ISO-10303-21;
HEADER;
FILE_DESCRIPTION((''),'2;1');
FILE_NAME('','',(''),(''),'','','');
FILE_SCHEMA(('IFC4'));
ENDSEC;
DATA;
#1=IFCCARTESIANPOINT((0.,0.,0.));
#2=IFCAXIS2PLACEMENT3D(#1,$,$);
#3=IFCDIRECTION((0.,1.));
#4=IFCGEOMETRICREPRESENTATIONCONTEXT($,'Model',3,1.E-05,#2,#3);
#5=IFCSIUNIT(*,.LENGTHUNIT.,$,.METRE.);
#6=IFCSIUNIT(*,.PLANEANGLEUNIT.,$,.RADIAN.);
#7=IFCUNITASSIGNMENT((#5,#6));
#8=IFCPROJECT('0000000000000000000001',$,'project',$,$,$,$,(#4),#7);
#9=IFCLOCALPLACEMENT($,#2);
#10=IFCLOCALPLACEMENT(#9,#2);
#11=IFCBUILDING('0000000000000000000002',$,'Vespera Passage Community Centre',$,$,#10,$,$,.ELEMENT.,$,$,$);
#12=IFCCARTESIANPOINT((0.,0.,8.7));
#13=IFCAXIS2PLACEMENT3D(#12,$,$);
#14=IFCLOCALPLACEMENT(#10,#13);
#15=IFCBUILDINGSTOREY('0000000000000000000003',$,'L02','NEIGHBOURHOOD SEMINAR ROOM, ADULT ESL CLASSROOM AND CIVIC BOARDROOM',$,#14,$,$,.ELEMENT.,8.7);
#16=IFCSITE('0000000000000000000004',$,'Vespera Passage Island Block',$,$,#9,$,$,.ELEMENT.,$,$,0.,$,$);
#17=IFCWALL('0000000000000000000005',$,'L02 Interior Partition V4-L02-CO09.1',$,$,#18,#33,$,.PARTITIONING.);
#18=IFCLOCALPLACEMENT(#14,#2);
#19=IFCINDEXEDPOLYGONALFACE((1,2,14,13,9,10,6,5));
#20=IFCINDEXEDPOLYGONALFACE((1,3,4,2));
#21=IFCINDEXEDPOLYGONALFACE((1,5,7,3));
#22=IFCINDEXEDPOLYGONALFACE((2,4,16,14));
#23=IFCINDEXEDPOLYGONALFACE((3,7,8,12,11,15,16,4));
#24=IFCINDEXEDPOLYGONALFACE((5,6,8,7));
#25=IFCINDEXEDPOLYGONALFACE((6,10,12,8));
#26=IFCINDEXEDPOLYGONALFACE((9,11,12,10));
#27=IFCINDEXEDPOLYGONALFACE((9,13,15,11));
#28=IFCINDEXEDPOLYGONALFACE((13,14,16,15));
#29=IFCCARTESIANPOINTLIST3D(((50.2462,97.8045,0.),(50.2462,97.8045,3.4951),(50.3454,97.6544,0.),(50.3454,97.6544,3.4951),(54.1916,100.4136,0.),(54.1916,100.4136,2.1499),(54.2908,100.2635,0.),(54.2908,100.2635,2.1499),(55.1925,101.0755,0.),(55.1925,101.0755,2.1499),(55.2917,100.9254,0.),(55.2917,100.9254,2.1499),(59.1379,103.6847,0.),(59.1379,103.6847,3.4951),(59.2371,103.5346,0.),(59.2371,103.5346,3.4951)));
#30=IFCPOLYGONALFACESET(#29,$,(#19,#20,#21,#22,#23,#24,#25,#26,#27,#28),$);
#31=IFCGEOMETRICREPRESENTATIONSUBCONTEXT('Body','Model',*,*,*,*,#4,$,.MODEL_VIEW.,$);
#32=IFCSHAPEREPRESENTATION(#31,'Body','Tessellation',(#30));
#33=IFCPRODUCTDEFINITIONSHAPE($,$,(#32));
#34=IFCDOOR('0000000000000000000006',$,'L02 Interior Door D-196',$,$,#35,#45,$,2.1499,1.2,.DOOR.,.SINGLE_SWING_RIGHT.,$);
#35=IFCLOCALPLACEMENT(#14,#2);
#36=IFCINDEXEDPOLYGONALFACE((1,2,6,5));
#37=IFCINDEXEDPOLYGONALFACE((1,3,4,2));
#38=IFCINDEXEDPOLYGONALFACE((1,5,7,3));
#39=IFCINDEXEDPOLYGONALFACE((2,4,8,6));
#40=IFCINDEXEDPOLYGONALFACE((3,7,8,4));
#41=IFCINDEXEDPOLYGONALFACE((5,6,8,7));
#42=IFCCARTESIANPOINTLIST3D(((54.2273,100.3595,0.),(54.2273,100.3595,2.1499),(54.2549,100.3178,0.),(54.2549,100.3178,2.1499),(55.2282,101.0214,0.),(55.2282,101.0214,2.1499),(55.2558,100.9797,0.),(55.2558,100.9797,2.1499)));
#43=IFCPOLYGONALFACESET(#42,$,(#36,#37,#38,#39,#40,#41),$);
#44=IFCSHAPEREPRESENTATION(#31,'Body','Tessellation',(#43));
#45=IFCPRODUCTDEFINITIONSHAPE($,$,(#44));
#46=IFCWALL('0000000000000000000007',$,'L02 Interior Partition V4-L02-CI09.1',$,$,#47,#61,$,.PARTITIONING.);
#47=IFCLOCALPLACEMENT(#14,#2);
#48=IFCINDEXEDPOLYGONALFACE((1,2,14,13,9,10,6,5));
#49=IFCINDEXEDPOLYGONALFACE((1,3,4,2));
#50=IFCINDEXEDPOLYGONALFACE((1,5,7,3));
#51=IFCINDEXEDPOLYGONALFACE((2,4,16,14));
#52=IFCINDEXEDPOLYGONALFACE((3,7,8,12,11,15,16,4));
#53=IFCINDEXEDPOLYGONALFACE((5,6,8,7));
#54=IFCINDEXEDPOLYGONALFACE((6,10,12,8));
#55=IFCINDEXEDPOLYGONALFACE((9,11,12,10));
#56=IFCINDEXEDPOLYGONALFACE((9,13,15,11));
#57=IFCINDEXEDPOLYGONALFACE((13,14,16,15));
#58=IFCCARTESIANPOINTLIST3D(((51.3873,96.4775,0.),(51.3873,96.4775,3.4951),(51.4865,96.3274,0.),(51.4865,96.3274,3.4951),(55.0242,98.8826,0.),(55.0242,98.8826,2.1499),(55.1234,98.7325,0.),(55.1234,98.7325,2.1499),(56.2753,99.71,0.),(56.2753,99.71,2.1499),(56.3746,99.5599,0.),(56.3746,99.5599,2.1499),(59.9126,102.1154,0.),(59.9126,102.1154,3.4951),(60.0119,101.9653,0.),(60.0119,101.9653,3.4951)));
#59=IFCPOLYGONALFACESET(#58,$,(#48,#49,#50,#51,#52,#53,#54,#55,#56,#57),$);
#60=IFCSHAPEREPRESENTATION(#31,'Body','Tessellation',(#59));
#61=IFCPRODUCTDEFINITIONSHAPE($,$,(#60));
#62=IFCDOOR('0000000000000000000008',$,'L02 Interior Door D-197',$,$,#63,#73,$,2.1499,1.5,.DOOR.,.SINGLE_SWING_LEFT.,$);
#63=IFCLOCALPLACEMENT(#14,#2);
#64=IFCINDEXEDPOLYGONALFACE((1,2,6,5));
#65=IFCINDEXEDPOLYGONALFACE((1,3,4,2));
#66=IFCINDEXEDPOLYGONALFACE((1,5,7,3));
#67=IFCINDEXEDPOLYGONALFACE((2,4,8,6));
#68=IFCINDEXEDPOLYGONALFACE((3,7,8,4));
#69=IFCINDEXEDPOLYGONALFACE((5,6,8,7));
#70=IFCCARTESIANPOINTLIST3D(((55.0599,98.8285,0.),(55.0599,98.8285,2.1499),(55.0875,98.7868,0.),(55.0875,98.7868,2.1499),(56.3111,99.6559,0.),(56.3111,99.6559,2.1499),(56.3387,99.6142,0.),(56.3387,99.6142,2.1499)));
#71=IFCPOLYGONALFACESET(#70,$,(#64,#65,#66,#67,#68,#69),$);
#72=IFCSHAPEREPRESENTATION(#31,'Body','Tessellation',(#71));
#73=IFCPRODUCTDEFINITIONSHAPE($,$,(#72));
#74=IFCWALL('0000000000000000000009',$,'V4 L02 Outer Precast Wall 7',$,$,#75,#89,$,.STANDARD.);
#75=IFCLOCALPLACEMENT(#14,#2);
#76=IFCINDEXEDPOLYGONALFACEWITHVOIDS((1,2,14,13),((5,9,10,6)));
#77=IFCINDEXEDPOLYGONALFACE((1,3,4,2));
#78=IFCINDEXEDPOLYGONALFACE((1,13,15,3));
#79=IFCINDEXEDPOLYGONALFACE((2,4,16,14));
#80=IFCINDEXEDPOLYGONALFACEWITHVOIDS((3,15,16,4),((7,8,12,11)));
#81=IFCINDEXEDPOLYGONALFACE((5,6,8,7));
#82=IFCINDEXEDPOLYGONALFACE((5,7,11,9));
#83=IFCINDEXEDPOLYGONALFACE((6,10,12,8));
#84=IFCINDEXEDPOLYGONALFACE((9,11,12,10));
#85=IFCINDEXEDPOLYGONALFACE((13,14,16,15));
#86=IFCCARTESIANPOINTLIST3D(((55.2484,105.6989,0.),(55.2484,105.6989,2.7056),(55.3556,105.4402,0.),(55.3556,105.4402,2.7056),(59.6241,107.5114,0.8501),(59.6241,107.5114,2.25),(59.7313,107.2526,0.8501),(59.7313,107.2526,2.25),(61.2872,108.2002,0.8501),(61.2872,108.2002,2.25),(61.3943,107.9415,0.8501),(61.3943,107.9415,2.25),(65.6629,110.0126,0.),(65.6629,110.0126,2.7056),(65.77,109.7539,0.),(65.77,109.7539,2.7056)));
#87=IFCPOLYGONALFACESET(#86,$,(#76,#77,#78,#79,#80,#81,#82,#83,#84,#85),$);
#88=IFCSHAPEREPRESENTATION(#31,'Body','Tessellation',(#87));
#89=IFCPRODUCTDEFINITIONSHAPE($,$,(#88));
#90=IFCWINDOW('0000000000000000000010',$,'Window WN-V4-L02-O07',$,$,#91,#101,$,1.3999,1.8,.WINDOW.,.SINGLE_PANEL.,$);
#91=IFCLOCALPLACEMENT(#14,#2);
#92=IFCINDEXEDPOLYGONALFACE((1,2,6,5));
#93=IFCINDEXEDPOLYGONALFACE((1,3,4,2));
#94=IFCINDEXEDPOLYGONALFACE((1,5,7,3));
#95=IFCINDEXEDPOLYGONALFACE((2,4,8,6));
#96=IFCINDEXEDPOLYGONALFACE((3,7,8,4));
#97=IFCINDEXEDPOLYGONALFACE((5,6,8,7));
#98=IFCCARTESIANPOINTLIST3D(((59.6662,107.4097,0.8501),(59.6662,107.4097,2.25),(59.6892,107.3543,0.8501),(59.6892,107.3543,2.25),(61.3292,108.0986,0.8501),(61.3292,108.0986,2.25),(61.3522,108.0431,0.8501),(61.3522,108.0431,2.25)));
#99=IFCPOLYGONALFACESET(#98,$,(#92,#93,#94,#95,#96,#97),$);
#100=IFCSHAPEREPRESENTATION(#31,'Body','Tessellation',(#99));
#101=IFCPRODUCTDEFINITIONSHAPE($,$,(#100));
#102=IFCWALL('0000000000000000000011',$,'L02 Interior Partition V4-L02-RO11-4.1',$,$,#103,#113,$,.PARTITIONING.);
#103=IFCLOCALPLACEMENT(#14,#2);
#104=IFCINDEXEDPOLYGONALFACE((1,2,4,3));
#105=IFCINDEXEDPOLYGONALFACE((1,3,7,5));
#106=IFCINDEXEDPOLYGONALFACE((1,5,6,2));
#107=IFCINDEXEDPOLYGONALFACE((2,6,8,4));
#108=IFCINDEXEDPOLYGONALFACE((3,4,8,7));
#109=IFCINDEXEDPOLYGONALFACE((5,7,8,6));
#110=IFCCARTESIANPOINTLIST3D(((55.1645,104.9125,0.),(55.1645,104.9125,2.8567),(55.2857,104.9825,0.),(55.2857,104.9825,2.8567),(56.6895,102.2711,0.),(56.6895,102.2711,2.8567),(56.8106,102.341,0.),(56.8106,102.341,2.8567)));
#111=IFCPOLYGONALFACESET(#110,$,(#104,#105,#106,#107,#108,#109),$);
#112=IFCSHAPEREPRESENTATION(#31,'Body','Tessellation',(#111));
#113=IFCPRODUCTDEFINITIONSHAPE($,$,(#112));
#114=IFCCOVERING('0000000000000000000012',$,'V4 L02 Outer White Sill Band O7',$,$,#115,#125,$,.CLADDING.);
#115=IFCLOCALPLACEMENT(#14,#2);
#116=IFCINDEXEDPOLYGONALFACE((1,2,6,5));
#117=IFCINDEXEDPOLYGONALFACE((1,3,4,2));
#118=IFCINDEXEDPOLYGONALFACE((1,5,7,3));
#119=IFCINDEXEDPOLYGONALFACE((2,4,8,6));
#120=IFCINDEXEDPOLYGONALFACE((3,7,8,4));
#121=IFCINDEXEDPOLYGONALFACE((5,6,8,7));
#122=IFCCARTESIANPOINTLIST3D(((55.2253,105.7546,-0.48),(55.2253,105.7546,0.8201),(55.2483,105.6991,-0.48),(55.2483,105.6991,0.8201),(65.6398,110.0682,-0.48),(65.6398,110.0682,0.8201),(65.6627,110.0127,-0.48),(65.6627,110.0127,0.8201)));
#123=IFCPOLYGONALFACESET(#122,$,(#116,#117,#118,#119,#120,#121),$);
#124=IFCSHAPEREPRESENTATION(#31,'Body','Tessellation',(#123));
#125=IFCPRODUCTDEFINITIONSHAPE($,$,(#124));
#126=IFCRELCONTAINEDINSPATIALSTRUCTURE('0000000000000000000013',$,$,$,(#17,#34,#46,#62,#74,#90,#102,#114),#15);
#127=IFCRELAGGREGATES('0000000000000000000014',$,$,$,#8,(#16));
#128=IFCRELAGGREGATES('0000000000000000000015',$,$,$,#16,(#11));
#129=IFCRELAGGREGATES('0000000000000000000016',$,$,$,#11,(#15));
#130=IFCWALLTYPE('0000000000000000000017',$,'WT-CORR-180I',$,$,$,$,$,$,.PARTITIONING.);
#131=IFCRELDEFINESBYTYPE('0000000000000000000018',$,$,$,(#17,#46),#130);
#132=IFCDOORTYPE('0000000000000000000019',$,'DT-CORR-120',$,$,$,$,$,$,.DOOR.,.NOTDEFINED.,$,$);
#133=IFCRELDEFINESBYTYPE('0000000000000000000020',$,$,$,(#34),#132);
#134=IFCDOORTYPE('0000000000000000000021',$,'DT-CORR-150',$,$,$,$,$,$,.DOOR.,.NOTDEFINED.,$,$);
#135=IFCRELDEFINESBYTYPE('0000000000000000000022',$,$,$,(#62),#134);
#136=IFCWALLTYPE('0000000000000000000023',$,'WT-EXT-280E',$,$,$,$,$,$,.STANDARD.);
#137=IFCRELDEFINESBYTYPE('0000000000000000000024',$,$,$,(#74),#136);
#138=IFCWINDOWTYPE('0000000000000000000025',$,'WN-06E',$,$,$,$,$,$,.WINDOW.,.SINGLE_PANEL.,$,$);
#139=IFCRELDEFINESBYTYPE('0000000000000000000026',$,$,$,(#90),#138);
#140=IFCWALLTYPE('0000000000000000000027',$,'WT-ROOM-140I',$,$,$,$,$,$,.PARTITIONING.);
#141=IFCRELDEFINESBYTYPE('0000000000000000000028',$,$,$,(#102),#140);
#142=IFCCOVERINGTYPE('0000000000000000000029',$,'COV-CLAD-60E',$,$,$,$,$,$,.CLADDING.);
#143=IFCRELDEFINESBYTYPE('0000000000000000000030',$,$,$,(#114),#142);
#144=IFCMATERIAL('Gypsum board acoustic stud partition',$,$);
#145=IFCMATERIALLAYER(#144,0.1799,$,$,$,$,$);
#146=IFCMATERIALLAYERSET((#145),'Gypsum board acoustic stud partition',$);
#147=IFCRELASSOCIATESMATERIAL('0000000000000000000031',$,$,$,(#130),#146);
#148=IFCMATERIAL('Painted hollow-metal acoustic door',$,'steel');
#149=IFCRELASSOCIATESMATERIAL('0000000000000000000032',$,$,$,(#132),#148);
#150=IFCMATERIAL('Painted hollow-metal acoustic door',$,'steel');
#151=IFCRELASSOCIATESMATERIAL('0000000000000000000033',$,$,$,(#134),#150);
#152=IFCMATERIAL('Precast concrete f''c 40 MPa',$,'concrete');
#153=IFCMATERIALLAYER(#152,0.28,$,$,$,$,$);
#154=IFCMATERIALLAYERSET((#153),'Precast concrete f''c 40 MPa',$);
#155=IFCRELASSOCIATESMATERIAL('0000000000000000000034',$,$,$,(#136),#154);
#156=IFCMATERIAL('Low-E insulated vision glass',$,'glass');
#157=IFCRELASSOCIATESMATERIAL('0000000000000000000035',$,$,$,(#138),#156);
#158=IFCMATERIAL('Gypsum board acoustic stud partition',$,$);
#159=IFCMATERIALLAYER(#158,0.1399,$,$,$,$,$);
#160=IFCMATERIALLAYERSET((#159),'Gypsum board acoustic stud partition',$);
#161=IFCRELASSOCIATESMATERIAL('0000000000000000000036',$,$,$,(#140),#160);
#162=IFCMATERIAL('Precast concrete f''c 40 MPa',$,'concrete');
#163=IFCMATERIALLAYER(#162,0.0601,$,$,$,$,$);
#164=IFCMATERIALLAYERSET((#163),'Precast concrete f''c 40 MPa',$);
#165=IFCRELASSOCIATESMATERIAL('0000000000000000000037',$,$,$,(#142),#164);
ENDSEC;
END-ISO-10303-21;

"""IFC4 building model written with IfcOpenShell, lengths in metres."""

from ifc_helpers import new_model, si_unit, direction, frame, frame_2d, origin, place, context, subcontext, project, spatial, rectangle, extrude, material, layer, layer_set, type_object, element, fill, save


model = new_model("IFC4")

# Units and contexts
model_context = context("Model", 3, precision=1e-05, world=origin(), true_north=direction((0.0, 1.0)))
body_context = subcontext(model_context, "Body", "Model", "MODEL_VIEW")
ifc_project = project(units=[si_unit("LENGTHUNIT", "METRE"), si_unit("PLANEANGLEUNIT", "RADIAN")], contexts=[model_context])

# Site, building, storey
site_placement = place(None, origin())
site = spatial("IfcSite", under=ifc_project, at=site_placement, Name="Vespera Passage Island Block", CompositionType="ELEMENT", RefElevation=0.0)
building_placement = place(site_placement, origin())
building = spatial("IfcBuilding", under=site, at=building_placement, Name="Vespera Passage Community Centre", CompositionType="ELEMENT")
storey_placement = place(building_placement, frame((0.0, 0.0, 8.7)))
storey = spatial("IfcBuildingStorey", under=building, at=storey_placement, Name="L02", Description="NEIGHBOURHOOD SEMINAR ROOM, ADULT ESL CLASSROOM AND CIVIC BOARDROOM", CompositionType="ELEMENT", Elevation=8.7)

# Walls, openings, doors
ifc_material_1 = material(Name="Gypsum board acoustic stud partition")
ifc_layer_1 = layer(ifc_material_1, 0.1799)
ifc_layer_set_1 = layer_set([ifc_layer_1], Name="Gypsum board acoustic stud partition")
wall_type_1 = type_object("IfcWallType", Name="WT-CORR-180I", PredefinedType="PARTITIONING", material=ifc_layer_set_1)
wall_1_placement = place(storey_placement, frame((59.1875, 103.6096, 0.0), z_axis=(0.0, 0.0, 1.0), x_axis=(-0.834106, -0.551605, 0.0)))
wall_1 = element("IfcWall", 1, at=wall_1_placement, inside=storey, type_object=wall_type_1, Name="L02 Interior Partition V4-L02-CO09.1", PredefinedType="PARTITIONING", context=body_context, shape_type="SweptSolid", body=[
    extrude(rectangle(XDim=10.6602, YDim=0.1799, at=frame_2d((5.3301, 0.0))), origin(), (0.0, 0.0, 1.0), 3.4951),
])
opening_1_placement = place(wall_1_placement, frame((4.73, 0.0, 0.0)))
opening_1 = element("IfcOpeningElement", 2, at=opening_1_placement, cuts=wall_1, PredefinedType="OPENING", context=body_context, shape_type="SweptSolid", body=[
    extrude(rectangle(XDim=1.2, YDim=2.1499, at=frame_2d((0.6001, 1.075))), frame((0.0, 0.0999, 0.0), z_axis=(0.0, -1.0, 0.0), x_axis=(1.0, 0.0, 0.0)), (0.0, 0.0, 1.0), 0.2),
])
ifc_material_2 = material(Name="Painted hollow-metal acoustic door", Category="steel")
door_type_1 = type_object("IfcDoorType", Name="DT-CORR-120", OperationType="NOTDEFINED", PredefinedType="DOOR", material=ifc_material_2)
door_1_placement = place(opening_1_placement, origin())
door_1 = element("IfcDoor", 3, at=door_1_placement, inside=storey, type_object=door_type_1, Name="L02 Interior Door D-196", OperationType="SINGLE_SWING_RIGHT", OverallHeight=2.1499, OverallWidth=1.2, PredefinedType="DOOR", context=body_context, shape_type="SweptSolid", body=[
    extrude(rectangle(XDim=1.2, YDim=2.1499, at=frame_2d((0.6001, 1.075))), frame((0.0, 0.0249, 0.0), z_axis=(0.0, -1.0, 0.0), x_axis=(1.0, 0.0, 0.0)), (0.0, 0.0, 1.0), 0.05),
])
fill(opening_1, door_1)
wall_2_placement = place(storey_placement, frame((59.9622, 102.0403, 0.0), z_axis=(0.0, 0.0, 1.0), x_axis=(-0.834106, -0.551604, 0.0)))
wall_2 = element("IfcWall", 4, at=wall_2_placement, inside=storey, type_object=wall_type_1, Name="L02 Interior Partition V4-L02-CI09.1", PredefinedType="PARTITIONING", context=body_context, shape_type="SweptSolid", body=[
    extrude(rectangle(XDim=10.2209, YDim=0.1799, at=frame_2d((5.1104, 0.0))), origin(), (0.0, 0.0, 1.0), 3.4951),
])
opening_2_placement = place(wall_2_placement, frame((4.3606, 0.0, 0.0)))
opening_2 = element("IfcOpeningElement", 5, at=opening_2_placement, cuts=wall_2, PredefinedType="OPENING", context=body_context, shape_type="SweptSolid", body=[
    extrude(rectangle(XDim=1.5, YDim=2.1499, at=frame_2d((0.75, 1.075))), frame((0.0, 0.0999, 0.0), z_axis=(0.0, -1.0, 0.0), x_axis=(1.0, 0.0, 0.0)), (0.0, 0.0, 1.0), 0.2),
])
ifc_material_3 = material(Name="Painted hollow-metal acoustic door", Category="steel")
door_type_2 = type_object("IfcDoorType", Name="DT-CORR-150", OperationType="NOTDEFINED", PredefinedType="DOOR", material=ifc_material_3)
door_2_placement = place(opening_2_placement, origin())
door_2 = element("IfcDoor", 6, at=door_2_placement, inside=storey, type_object=door_type_2, Name="L02 Interior Door D-197", OperationType="SINGLE_SWING_LEFT", OverallHeight=2.1499, OverallWidth=1.5, PredefinedType="DOOR", context=body_context, shape_type="SweptSolid", body=[
    extrude(rectangle(XDim=1.5, YDim=2.1499, at=frame_2d((0.75, 1.075))), frame((0.0, 0.0249, 0.0), z_axis=(0.0, -1.0, 0.0), x_axis=(1.0, 0.0, 0.0)), (0.0, 0.0, 1.0), 0.05),
])
fill(opening_2, door_2)

# Wall, opening, window
ifc_material_4 = material(Name="Precast concrete f'c 40 MPa", Category="concrete")
ifc_layer_2 = layer(ifc_material_4, 0.28)
ifc_layer_set_2 = layer_set([ifc_layer_2], Name="Precast concrete f'c 40 MPa")
wall_type_2 = type_object("IfcWallType", Name="WT-EXT-280E", PredefinedType="STANDARD", material=ifc_layer_set_2)
wall_3_placement = place(storey_placement, frame((55.302, 105.5696, 0.0), z_axis=(0.0, 0.0, 1.0), x_axis=(0.923884, 0.382674, 0.0)))
wall_3 = element("IfcWall", 7, at=wall_3_placement, inside=storey, type_object=wall_type_2, Name="V4 L02 Outer Precast Wall 7", PredefinedType="STANDARD", context=body_context, shape_type="SweptSolid", body=[
    extrude(rectangle(XDim=11.2725, YDim=0.28, at=frame_2d((5.6362, 0.0))), origin(), (0.0, 0.0, 1.0), 2.7056),
])
opening_3_placement = place(wall_3_placement, frame((4.7363, 0.0, 0.8501)))
opening_3 = element("IfcOpeningElement", 8, at=opening_3_placement, cuts=wall_3, PredefinedType="OPENING", context=body_context, shape_type="SweptSolid", body=[
    extrude(rectangle(XDim=1.8, YDim=1.3999, at=frame_2d((0.8999, 0.7))), frame((0.0, 0.1501, 0.0), z_axis=(0.0, -1.0, 0.0), x_axis=(1.0, 0.0, 0.0)), (0.0, 0.0, 1.0), 0.3),
])
ifc_material_5 = material(Name="Low-E insulated vision glass", Category="glass")
window_type = type_object("IfcWindowType", Name="WN-06E", PartitioningType="SINGLE_PANEL", PredefinedType="WINDOW", material=ifc_material_5)
window_placement = place(opening_3_placement, origin())
window = element("IfcWindow", 9, at=window_placement, inside=storey, type_object=window_type, Name="Window WN-V4-L02-O07", OverallHeight=1.3999, OverallWidth=1.8, PartitioningType="SINGLE_PANEL", PredefinedType="WINDOW", context=body_context, shape_type="SweptSolid", body=[
    extrude(rectangle(XDim=1.8, YDim=1.3999, at=frame_2d((0.8999, 0.7))), frame((0.0, 0.03, 0.0), z_axis=(0.0, -1.0, 0.0), x_axis=(1.0, 0.0, 0.0)), (0.0, 0.0, 1.0), 0.0601),
])
fill(opening_3, window)

# Wall
ifc_material_6 = material(Name="Gypsum board acoustic stud partition")
ifc_layer_3 = layer(ifc_material_6, 0.1399)
ifc_layer_set_3 = layer_set([ifc_layer_3], Name="Gypsum board acoustic stud partition")
wall_type_3 = type_object("IfcWallType", Name="WT-ROOM-140I", PredefinedType="PARTITIONING", material=ifc_layer_set_3)
wall_4_placement = place(storey_placement, frame((56.75, 102.3062, 0.0), z_axis=(0.0, 0.0, 1.0), x_axis=(-0.499979, 0.866038, 0.0)))
element("IfcWall", 10, at=wall_4_placement, inside=storey, type_object=wall_type_3, Name="L02 Interior Partition V4-L02-RO11-4.1", PredefinedType="PARTITIONING", context=body_context, shape_type="SweptSolid", body=[
    extrude(rectangle(XDim=3.05, YDim=0.1399, at=frame_2d((1.5249, 0.0))), origin(), (0.0, 0.0, 1.0), 2.8567),
])

# Covering
ifc_material_7 = material(Name="Precast concrete f'c 40 MPa", Category="concrete")
ifc_layer_4 = layer(ifc_material_7, 0.0601)
ifc_layer_set_4 = layer_set([ifc_layer_4], Name="Precast concrete f'c 40 MPa")
covering_type = type_object("IfcCoveringType", Name="COV-CLAD-60E", PredefinedType="CLADDING", material=ifc_layer_set_4)
covering_placement = place(storey_placement, frame((55.2368, 105.7268, -0.48), z_axis=(0.0, 0.0, 1.0), x_axis=(0.923884, 0.382674, 0.0)))
element("IfcCovering", 11, at=covering_placement, inside=storey, type_object=covering_type, Name="V4 L02 Outer White Sill Band O7", PredefinedType="CLADDING", context=body_context, shape_type="SweptSolid", body=[
    extrude(rectangle(XDim=11.2725, YDim=0.0601, at=frame_2d((5.6362, 0.0))), origin(), (0.0, 0.0, 1.0), 1.3),
])

save(model, "model.ifc")
